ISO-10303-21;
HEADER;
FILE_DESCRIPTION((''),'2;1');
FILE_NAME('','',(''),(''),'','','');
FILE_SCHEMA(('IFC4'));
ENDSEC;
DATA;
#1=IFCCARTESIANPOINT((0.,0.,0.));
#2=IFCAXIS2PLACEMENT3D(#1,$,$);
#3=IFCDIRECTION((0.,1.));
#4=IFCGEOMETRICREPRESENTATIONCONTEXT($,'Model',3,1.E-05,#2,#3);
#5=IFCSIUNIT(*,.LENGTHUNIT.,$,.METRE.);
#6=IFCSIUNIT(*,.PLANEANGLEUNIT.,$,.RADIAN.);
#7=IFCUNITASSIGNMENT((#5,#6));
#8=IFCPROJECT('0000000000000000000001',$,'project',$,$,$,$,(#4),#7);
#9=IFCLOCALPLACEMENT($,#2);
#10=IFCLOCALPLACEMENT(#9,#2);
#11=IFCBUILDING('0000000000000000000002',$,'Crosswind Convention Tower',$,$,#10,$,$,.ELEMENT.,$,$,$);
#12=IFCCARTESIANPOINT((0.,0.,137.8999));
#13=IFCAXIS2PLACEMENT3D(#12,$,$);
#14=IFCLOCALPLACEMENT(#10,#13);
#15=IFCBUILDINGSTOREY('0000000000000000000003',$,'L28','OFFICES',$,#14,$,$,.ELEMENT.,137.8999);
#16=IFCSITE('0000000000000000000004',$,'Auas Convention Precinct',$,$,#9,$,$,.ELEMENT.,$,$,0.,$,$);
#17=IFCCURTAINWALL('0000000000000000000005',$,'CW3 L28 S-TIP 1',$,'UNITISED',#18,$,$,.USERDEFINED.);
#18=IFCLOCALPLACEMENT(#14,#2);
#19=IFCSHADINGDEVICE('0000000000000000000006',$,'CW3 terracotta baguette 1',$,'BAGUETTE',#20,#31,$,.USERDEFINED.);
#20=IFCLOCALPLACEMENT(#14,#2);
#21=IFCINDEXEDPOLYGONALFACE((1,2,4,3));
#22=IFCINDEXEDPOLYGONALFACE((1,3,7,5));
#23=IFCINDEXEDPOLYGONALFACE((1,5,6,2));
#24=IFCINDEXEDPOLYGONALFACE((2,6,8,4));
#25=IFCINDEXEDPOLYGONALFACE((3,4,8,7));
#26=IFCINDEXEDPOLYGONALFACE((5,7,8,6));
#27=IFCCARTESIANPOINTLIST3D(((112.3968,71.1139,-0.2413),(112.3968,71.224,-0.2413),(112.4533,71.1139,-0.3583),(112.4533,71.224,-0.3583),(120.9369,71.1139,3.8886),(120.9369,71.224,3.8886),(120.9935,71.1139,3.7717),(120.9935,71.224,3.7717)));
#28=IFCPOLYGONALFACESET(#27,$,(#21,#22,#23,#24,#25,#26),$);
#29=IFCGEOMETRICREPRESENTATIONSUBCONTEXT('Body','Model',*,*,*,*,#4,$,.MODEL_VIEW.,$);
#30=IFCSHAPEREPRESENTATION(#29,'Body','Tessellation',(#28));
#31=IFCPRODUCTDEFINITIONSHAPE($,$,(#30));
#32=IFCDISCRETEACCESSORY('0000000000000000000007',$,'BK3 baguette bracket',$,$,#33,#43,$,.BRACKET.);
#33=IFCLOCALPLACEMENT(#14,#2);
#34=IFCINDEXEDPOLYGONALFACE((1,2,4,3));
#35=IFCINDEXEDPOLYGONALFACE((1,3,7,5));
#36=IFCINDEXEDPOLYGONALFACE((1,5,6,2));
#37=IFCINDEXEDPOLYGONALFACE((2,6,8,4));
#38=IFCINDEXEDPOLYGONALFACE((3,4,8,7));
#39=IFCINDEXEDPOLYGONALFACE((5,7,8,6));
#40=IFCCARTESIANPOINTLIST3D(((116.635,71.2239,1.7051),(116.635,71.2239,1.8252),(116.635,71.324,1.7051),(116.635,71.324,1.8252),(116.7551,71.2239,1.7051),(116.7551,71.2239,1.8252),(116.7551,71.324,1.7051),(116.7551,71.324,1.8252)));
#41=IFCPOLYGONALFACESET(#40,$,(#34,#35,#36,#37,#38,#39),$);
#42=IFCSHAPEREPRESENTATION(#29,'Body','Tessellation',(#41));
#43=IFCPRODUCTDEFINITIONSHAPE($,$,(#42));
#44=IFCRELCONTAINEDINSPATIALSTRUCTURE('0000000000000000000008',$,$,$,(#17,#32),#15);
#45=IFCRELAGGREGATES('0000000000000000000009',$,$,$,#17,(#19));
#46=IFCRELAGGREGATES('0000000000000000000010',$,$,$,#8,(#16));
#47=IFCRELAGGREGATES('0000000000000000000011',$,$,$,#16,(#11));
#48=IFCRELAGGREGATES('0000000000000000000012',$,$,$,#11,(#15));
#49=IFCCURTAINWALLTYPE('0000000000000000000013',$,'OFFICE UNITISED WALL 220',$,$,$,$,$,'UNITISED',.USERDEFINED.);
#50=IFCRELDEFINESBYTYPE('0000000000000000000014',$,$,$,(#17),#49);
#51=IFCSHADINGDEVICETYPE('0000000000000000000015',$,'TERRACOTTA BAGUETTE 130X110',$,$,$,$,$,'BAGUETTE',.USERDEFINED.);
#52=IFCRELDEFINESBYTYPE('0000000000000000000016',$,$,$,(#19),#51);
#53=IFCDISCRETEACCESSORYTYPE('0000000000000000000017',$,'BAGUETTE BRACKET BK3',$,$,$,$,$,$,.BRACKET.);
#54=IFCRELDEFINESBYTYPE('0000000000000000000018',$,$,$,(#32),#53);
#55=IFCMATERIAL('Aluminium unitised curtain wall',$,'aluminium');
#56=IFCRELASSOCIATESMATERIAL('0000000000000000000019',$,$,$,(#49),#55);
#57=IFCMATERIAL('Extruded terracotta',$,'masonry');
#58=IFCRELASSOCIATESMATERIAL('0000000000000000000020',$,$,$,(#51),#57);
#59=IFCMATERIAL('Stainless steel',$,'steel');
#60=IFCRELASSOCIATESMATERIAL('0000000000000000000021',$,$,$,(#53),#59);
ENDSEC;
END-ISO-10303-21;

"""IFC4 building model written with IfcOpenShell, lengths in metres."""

from ifc_helpers import new_model, si_unit, direction, frame, origin, origin_2d, place, context, subcontext, project, spatial, rectangle, extrude, material, material_profile, profile_set, type_object, element, aggregate, save


model = new_model("IFC4")

# Units and contexts
model_context = context("Model", 3, precision=1e-05, world=origin(), true_north=direction((0.0, 1.0)))
body_context = subcontext(model_context, "Body", "Model", "MODEL_VIEW")
ifc_project = project(units=[si_unit("LENGTHUNIT", "METRE"), si_unit("PLANEANGLEUNIT", "RADIAN")], contexts=[model_context])

# Site, building, storey
site_placement = place(None, origin())
site = spatial("IfcSite", under=ifc_project, at=site_placement, Name="Auas Convention Precinct", CompositionType="ELEMENT", RefElevation=0.0)
building_placement = place(site_placement, origin())
building = spatial("IfcBuilding", under=site, at=building_placement, Name="Crosswind Convention Tower", CompositionType="ELEMENT")
storey_placement = place(building_placement, frame((0.0, 0.0, 137.8999)))
storey = spatial("IfcBuildingStorey", under=building, at=storey_placement, Name="L28", Description="OFFICES", CompositionType="ELEMENT", Elevation=137.8999)

# Curtain wall
ifc_material_1 = material(Name="Aluminium unitised curtain wall", Category="aluminium")
curtain_wall_type_1 = type_object("IfcCurtainWallType", Name="OFFICE UNITISED WALL 220", ElementType="UNITISED", PredefinedType="USERDEFINED", material=ifc_material_1)
curtain_wall_1_placement = place(storey_placement, origin())
curtain_wall_1 = element("IfcCurtainWall", 1, at=curtain_wall_1_placement, inside=storey, type_object=curtain_wall_type_1, Name="CW3 L28 S-TIP 1", ObjectType="UNITISED", PredefinedType="USERDEFINED")

# Shading device
ifc_material_2 = material(Name="Extruded terracotta", Category="masonry")
ifc_material_profile_1 = material_profile(ifc_material_2, rectangle(XDim=0.1101, YDim=0.1299, at=origin_2d()), Name="TC 110X130")
ifc_profile_set_1 = profile_set([ifc_material_profile_1], Name="Extruded terracotta")
shading_device_type = type_object("IfcShadingDeviceType", Name="TERRACOTTA BAGUETTE 130X110", ElementType="BAGUETTE", PredefinedType="USERDEFINED", material=ifc_profile_set_1)
shading_device_placement = place(storey_placement, frame((112.425, 71.1689, -0.2998), z_axis=(0.900258, 0.0, 0.435356), x_axis=(0.0, 1.0, 0.0)))
shading_device = element("IfcShadingDevice", 2, at=shading_device_placement, type_object=shading_device_type, Name="CW3 terracotta baguette 1", ObjectType="BAGUETTE", PredefinedType="USERDEFINED", context=body_context, shape_type="SweptSolid", body=[
    extrude(rectangle(XDim=0.1101, YDim=0.1299, at=origin_2d()), origin(), (0.0, 0.0, 1.0), 9.4863),
])
aggregate(curtain_wall_1, [shading_device])

# Discrete accessory
ifc_material_3 = material(Name="Stainless steel", Category="steel")
discrete_accessory_type = type_object("IfcDiscreteAccessoryType", Name="BAGUETTE BRACKET BK3", PredefinedType="BRACKET", material=ifc_material_3)
discrete_accessory_placement = place(storey_placement, frame((116.6951, 71.2739, 1.7051), z_axis=(0.0, 0.0, 1.0), x_axis=(1.0, 0.0, 0.0)))
element("IfcDiscreteAccessory", 3, at=discrete_accessory_placement, inside=storey, type_object=discrete_accessory_type, Name="BK3 baguette bracket", PredefinedType="BRACKET", context=body_context, shape_type="SweptSolid", body=[
    extrude(rectangle(XDim=0.1201, YDim=0.1001, at=origin_2d()), origin(), (0.0, 0.0, 1.0), 0.1201),
])

save(model, "model.ifc")
